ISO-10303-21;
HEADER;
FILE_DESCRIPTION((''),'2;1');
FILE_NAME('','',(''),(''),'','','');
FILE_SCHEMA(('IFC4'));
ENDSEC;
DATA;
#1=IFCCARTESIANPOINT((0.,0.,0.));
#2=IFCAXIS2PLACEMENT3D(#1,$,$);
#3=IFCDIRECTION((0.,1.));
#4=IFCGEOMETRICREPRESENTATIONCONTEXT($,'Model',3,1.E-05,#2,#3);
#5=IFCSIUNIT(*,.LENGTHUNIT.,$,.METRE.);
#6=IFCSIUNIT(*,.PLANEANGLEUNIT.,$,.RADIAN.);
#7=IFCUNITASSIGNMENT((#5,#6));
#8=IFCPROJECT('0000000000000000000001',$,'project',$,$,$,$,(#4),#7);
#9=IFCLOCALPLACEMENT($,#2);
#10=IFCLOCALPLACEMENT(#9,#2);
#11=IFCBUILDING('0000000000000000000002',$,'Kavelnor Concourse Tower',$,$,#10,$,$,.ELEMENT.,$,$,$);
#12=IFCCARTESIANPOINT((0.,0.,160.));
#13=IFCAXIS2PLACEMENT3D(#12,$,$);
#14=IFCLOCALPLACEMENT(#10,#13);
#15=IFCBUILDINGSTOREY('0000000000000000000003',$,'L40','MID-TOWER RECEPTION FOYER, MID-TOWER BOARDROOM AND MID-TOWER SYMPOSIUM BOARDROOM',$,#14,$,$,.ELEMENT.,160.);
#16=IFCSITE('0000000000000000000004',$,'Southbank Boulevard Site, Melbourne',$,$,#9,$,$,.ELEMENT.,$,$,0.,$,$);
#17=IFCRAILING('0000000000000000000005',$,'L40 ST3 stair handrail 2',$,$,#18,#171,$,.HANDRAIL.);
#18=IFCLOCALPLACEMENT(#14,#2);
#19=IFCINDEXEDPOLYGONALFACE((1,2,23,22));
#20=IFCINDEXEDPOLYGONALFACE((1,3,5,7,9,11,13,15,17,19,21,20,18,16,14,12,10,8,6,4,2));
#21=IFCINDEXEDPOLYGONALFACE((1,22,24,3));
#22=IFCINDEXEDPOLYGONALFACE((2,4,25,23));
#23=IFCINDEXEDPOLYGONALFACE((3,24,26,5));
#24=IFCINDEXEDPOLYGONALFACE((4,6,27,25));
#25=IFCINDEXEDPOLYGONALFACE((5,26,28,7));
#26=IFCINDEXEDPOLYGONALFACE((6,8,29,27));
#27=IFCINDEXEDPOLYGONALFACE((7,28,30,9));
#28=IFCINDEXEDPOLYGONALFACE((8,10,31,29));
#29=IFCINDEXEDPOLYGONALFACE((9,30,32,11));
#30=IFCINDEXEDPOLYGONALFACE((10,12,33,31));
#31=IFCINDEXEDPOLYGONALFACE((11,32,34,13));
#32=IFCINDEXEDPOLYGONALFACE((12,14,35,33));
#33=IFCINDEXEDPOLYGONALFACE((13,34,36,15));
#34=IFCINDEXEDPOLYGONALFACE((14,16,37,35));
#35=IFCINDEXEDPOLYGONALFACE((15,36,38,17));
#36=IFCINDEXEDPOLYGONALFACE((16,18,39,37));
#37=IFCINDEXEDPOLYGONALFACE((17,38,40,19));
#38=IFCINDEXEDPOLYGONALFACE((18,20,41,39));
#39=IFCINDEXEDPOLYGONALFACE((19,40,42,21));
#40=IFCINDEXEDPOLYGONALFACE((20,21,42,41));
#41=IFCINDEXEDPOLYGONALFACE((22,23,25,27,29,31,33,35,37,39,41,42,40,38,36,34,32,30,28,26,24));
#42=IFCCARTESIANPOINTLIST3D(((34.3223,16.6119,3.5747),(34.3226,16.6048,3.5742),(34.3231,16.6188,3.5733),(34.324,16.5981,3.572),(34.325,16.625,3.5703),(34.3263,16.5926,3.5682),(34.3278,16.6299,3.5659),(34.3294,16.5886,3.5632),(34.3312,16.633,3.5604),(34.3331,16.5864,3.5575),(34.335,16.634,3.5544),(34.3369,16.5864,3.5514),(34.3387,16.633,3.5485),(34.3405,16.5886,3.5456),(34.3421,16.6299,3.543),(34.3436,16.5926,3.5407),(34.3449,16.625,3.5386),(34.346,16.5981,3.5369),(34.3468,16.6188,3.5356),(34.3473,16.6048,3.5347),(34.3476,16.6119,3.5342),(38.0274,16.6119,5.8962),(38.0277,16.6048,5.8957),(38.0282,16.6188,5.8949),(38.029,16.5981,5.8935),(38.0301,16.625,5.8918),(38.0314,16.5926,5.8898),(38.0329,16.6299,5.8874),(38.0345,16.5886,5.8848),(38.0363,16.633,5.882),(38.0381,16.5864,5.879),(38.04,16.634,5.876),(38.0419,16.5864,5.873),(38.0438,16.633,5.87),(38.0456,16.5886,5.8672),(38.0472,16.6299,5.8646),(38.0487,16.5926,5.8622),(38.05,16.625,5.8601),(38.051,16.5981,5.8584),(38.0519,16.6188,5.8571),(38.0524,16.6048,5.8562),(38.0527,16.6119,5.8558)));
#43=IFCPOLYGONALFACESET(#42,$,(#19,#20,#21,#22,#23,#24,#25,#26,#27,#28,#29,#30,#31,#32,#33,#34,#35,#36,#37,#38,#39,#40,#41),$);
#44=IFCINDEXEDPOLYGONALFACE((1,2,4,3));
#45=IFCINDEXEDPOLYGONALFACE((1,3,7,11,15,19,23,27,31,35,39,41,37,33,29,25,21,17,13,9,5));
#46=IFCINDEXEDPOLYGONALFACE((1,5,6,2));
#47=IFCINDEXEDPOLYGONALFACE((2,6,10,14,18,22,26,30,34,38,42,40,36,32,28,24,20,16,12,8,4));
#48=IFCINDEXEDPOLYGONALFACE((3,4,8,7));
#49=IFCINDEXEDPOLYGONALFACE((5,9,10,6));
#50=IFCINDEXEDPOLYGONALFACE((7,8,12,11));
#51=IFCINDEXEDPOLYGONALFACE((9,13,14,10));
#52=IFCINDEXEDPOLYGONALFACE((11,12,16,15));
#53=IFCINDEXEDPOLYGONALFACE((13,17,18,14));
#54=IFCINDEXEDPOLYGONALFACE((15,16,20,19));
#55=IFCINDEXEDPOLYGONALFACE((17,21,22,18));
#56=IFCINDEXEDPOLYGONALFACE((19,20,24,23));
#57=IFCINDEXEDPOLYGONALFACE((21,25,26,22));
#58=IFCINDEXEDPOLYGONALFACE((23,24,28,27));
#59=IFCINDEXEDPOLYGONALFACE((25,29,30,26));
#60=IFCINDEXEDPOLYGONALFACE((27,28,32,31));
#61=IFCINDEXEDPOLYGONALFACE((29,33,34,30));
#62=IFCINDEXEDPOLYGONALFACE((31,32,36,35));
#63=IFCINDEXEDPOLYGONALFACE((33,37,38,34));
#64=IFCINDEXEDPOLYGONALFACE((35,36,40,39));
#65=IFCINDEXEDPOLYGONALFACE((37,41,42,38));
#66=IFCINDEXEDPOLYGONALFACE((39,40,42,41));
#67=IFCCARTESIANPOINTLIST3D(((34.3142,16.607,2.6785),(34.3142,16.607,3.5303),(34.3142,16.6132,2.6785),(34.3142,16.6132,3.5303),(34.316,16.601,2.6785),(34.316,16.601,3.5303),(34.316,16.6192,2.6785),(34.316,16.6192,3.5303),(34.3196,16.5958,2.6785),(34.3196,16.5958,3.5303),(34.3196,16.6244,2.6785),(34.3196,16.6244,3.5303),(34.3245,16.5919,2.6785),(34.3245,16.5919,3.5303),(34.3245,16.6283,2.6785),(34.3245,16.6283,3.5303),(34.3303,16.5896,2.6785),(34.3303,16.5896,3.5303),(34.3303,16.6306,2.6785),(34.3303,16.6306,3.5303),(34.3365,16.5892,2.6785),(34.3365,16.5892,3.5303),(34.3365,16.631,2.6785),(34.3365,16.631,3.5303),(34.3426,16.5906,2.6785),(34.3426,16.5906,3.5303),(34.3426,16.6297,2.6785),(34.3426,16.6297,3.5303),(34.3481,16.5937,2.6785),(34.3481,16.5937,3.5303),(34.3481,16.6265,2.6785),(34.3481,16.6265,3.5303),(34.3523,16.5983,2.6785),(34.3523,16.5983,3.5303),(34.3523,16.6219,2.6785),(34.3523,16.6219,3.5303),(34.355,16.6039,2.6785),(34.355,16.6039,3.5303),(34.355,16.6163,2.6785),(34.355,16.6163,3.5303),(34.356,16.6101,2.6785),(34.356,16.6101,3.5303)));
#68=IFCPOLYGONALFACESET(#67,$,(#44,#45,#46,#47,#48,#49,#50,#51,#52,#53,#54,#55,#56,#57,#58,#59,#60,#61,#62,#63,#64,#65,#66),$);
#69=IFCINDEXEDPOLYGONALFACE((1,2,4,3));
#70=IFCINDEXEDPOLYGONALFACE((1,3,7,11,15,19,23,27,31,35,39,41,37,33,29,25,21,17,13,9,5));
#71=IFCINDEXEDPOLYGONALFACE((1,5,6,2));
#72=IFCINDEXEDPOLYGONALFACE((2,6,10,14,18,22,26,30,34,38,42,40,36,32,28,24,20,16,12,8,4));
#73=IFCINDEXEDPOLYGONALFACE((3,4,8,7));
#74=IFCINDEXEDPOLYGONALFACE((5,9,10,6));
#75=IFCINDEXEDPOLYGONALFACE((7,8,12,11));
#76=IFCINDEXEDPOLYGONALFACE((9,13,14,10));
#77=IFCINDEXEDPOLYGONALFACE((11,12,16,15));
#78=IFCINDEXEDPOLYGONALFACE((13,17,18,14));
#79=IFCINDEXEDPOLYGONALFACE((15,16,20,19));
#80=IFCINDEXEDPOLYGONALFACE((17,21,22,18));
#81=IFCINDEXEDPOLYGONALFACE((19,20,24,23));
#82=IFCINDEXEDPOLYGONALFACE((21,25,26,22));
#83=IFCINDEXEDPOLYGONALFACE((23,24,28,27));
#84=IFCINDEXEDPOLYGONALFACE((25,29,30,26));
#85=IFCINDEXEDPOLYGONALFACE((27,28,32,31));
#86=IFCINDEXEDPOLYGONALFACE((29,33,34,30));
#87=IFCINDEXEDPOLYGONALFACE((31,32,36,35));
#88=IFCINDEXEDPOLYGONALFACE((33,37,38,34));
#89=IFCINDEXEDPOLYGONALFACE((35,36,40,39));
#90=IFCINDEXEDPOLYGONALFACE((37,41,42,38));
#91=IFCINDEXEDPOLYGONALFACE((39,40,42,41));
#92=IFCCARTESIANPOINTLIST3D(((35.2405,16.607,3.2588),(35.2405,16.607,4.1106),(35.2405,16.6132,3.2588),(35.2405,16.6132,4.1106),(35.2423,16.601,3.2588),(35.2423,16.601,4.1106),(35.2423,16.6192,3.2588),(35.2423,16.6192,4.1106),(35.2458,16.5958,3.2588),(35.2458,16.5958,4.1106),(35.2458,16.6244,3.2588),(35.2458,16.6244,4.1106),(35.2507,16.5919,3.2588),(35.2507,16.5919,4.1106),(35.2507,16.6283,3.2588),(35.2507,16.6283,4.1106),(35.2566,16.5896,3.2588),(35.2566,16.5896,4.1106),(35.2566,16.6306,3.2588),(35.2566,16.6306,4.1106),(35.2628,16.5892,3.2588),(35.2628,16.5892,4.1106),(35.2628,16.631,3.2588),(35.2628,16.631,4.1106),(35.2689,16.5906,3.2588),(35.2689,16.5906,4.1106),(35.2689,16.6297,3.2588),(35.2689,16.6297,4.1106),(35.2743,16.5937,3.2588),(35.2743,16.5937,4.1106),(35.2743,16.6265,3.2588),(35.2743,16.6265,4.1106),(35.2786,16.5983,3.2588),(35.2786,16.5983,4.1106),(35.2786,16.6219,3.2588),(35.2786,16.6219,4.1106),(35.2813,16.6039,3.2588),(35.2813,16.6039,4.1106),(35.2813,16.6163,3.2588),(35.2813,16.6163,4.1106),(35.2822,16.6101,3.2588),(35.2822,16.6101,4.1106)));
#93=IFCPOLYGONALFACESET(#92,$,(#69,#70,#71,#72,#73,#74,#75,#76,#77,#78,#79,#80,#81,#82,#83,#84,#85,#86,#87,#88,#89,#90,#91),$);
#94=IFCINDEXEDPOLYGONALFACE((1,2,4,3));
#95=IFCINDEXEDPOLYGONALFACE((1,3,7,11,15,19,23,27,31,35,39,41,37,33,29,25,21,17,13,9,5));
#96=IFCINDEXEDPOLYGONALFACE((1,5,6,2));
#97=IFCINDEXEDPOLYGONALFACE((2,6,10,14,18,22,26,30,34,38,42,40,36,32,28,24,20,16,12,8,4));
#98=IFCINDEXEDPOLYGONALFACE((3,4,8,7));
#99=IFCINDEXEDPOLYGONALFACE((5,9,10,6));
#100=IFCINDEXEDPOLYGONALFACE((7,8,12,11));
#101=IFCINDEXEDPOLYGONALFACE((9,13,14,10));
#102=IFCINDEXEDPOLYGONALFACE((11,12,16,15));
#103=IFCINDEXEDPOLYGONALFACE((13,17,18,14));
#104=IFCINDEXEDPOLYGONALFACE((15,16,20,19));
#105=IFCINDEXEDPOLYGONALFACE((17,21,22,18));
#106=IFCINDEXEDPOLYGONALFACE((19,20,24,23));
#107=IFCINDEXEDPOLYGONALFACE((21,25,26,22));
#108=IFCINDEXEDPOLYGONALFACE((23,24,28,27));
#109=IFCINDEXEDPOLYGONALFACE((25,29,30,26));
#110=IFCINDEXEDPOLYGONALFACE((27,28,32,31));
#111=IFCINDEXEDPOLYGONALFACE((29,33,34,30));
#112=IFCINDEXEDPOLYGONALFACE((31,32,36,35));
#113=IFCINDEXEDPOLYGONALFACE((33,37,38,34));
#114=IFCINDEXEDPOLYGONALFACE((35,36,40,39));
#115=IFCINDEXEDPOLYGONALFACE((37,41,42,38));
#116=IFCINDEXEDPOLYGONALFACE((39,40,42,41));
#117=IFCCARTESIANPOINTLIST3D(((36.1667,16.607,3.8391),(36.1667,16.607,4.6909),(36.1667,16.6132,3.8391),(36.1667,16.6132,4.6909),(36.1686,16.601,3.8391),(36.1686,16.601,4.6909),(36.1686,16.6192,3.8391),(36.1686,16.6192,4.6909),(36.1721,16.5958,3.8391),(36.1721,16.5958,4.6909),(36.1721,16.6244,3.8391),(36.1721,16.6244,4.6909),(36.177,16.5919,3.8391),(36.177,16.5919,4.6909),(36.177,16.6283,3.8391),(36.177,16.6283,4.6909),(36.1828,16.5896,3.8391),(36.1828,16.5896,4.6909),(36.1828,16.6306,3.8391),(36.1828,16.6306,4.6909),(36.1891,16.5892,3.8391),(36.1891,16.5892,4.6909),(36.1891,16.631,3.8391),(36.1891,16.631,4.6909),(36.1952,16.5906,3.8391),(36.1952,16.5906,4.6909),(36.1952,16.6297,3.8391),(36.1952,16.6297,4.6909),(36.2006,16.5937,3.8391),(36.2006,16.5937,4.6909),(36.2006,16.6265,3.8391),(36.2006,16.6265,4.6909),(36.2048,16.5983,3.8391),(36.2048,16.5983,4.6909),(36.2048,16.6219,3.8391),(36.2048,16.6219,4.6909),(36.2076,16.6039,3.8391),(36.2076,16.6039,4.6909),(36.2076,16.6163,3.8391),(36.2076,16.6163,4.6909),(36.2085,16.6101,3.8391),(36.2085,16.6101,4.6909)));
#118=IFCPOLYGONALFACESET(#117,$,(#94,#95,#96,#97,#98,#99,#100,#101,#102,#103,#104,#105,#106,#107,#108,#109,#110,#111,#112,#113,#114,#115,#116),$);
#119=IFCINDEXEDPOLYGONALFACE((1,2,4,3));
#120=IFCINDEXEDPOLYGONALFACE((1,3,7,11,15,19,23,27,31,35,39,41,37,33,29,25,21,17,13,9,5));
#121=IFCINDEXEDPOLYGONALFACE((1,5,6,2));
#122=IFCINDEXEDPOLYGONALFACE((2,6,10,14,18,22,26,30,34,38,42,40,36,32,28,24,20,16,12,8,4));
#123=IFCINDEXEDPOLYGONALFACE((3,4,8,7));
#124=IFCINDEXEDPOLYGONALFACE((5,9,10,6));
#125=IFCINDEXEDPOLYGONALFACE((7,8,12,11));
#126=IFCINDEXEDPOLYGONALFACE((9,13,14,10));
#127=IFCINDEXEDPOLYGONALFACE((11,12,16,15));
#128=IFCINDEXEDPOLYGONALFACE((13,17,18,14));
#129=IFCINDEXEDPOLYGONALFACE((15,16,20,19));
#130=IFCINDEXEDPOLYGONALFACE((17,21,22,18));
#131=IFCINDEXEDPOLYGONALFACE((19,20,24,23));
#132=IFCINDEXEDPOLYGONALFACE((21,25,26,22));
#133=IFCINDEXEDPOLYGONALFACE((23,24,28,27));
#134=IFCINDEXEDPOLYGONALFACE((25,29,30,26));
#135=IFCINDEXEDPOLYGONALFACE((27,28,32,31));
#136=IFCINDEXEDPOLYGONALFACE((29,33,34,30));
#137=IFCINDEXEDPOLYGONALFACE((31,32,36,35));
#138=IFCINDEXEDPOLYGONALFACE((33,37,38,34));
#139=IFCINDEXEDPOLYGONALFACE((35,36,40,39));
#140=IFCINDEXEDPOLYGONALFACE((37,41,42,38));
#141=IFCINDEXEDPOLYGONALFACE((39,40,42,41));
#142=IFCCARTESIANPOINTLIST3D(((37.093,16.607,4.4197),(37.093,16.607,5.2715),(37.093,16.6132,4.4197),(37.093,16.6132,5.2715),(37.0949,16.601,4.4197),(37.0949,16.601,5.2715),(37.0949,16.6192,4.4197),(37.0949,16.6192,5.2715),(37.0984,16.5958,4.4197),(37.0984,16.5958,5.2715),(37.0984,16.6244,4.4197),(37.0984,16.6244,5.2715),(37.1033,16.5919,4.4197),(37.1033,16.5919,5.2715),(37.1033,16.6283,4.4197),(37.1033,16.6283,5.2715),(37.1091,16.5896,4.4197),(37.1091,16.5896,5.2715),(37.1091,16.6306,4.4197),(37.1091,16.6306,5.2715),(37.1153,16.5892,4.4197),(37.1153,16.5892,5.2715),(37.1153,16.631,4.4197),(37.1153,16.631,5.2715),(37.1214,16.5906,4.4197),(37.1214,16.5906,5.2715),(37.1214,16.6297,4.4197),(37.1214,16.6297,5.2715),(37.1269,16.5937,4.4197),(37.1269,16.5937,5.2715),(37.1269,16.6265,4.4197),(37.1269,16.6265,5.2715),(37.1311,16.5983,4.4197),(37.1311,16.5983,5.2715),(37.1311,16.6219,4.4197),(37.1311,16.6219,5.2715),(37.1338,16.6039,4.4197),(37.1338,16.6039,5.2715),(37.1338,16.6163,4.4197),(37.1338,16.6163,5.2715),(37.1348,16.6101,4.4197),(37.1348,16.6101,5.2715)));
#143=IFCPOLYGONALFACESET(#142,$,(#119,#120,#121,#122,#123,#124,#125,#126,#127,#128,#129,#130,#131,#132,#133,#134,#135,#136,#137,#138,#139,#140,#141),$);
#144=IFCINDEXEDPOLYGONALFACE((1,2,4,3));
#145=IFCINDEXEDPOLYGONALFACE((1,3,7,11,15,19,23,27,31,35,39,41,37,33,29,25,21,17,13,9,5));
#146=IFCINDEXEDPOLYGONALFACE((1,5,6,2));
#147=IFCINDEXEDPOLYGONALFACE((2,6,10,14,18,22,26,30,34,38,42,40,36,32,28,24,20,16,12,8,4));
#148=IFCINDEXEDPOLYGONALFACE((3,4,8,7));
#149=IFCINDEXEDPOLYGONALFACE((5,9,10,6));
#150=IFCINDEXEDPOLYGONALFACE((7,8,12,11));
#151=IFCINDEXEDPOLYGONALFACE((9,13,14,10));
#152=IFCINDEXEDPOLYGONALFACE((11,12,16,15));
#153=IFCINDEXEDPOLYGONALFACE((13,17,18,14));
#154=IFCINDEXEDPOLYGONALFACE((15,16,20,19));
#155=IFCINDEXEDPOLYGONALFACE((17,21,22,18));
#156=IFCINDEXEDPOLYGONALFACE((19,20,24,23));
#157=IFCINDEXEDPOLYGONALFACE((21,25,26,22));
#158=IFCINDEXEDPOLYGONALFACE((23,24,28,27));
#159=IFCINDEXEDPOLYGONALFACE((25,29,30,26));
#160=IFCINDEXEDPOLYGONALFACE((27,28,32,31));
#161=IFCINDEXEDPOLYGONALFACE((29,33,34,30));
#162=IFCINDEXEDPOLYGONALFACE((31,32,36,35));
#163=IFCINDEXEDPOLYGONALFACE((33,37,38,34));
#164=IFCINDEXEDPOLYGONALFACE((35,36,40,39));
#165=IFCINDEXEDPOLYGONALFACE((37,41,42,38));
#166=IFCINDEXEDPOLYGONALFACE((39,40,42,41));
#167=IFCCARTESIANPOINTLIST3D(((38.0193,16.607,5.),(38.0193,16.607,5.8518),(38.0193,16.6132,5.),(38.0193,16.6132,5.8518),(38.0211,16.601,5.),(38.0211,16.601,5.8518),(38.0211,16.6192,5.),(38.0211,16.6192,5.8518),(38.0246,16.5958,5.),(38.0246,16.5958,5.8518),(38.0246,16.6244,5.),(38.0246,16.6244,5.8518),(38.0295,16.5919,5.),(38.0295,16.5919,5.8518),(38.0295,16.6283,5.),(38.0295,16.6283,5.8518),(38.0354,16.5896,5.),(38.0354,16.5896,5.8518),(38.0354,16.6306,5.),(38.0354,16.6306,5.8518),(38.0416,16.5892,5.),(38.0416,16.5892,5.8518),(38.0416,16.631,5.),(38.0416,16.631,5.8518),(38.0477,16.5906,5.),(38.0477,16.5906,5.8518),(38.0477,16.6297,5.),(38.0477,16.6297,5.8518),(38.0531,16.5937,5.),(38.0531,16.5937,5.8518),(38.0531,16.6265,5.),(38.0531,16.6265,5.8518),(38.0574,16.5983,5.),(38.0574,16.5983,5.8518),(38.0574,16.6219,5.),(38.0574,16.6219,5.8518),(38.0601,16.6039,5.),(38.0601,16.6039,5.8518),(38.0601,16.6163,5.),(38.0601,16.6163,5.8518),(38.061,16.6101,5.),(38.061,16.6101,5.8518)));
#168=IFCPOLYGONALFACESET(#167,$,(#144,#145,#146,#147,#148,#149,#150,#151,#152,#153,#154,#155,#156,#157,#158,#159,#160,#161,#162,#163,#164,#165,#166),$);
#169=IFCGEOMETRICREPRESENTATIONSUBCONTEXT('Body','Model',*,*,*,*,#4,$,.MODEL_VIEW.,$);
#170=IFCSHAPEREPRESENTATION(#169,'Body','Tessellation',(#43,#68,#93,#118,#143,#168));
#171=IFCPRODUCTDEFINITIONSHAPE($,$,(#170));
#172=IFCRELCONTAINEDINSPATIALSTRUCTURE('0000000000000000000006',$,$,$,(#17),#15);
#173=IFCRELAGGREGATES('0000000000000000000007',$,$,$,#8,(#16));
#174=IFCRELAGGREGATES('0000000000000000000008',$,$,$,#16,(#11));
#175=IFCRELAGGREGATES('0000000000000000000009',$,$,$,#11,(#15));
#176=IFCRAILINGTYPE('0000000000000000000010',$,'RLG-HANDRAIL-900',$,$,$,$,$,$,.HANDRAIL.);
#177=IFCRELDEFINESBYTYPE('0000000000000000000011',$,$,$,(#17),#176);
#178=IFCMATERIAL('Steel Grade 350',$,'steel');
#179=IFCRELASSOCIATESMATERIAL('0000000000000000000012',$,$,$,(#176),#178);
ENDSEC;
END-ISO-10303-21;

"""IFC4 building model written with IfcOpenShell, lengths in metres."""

from ifc_helpers import new_model, si_unit, direction, frame, origin, origin_2d, place, context, subcontext, project, spatial, circle, extrude, material, type_object, element, save


model = new_model("IFC4")

# Units and contexts
model_context = context("Model", 3, precision=1e-05, world=origin(), true_north=direction((0.0, 1.0)))
body_context = subcontext(model_context, "Body", "Model", "MODEL_VIEW")
ifc_project = project(units=[si_unit("LENGTHUNIT", "METRE"), si_unit("PLANEANGLEUNIT", "RADIAN")], contexts=[model_context])

# Site, building, storey
site_placement = place(None, origin())
site = spatial("IfcSite", under=ifc_project, at=site_placement, Name="Southbank Boulevard Site, Melbourne", CompositionType="ELEMENT", RefElevation=0.0)
building_placement = place(site_placement, origin())
building = spatial("IfcBuilding", under=site, at=building_placement, Name="Kavelnor Concourse Tower", CompositionType="ELEMENT")
storey_placement = place(building_placement, frame((0.0, 0.0, 160.0)))
storey = spatial("IfcBuildingStorey", under=building, at=storey_placement, Name="L40", Description="MID-TOWER RECEPTION FOYER, MID-TOWER BOARDROOM AND MID-TOWER SYMPOSIUM BOARDROOM", CompositionType="ELEMENT", Elevation=160.0)

# Shared definitions
ifc_material_1 = material(Name="Steel Grade 350", Category="steel")

# Railing
railing_type_1 = type_object("IfcRailingType", Name="RLG-HANDRAIL-900", PredefinedType="HANDRAIL", material=ifc_material_1)
railing_1_placement = place(storey_placement, frame((34.335, 16.6101, 2.6785)))
element("IfcRailing", 1, at=railing_1_placement, inside=storey, type_object=railing_type_1, Name="L40 ST3 stair handrail 2", PredefinedType="HANDRAIL", context=body_context, shape_type="SweptSolid", body=[
    extrude(circle(Radius=0.0239, at=origin_2d()), frame((0.0, 0.0, 0.876), z_axis=(0.847395, 0.0, 0.530962), x_axis=(0.0, 1.0, 0.0)), (0.0, 0.0, 1.0), 4.3723),
    extrude(circle(Radius=0.021, at=origin_2d()), origin(), (0.0, 0.0, 1.0), 0.8518),
    extrude(circle(Radius=0.021, at=origin_2d()), frame((0.9263, 0.0, 0.5803)), (0.0, 0.0, 1.0), 0.8518),
    extrude(circle(Radius=0.021, at=origin_2d()), frame((1.8525, 0.0, 1.1606)), (0.0, 0.0, 1.0), 0.8518),
    extrude(circle(Radius=0.021, at=origin_2d()), frame((2.7788, 0.0, 1.7412)), (0.0, 0.0, 1.0), 0.8518),
    extrude(circle(Radius=0.021, at=origin_2d()), frame((3.7051, 0.0, 2.3215)), (0.0, 0.0, 1.0), 0.8518),
])

save(model, "model.ifc")
